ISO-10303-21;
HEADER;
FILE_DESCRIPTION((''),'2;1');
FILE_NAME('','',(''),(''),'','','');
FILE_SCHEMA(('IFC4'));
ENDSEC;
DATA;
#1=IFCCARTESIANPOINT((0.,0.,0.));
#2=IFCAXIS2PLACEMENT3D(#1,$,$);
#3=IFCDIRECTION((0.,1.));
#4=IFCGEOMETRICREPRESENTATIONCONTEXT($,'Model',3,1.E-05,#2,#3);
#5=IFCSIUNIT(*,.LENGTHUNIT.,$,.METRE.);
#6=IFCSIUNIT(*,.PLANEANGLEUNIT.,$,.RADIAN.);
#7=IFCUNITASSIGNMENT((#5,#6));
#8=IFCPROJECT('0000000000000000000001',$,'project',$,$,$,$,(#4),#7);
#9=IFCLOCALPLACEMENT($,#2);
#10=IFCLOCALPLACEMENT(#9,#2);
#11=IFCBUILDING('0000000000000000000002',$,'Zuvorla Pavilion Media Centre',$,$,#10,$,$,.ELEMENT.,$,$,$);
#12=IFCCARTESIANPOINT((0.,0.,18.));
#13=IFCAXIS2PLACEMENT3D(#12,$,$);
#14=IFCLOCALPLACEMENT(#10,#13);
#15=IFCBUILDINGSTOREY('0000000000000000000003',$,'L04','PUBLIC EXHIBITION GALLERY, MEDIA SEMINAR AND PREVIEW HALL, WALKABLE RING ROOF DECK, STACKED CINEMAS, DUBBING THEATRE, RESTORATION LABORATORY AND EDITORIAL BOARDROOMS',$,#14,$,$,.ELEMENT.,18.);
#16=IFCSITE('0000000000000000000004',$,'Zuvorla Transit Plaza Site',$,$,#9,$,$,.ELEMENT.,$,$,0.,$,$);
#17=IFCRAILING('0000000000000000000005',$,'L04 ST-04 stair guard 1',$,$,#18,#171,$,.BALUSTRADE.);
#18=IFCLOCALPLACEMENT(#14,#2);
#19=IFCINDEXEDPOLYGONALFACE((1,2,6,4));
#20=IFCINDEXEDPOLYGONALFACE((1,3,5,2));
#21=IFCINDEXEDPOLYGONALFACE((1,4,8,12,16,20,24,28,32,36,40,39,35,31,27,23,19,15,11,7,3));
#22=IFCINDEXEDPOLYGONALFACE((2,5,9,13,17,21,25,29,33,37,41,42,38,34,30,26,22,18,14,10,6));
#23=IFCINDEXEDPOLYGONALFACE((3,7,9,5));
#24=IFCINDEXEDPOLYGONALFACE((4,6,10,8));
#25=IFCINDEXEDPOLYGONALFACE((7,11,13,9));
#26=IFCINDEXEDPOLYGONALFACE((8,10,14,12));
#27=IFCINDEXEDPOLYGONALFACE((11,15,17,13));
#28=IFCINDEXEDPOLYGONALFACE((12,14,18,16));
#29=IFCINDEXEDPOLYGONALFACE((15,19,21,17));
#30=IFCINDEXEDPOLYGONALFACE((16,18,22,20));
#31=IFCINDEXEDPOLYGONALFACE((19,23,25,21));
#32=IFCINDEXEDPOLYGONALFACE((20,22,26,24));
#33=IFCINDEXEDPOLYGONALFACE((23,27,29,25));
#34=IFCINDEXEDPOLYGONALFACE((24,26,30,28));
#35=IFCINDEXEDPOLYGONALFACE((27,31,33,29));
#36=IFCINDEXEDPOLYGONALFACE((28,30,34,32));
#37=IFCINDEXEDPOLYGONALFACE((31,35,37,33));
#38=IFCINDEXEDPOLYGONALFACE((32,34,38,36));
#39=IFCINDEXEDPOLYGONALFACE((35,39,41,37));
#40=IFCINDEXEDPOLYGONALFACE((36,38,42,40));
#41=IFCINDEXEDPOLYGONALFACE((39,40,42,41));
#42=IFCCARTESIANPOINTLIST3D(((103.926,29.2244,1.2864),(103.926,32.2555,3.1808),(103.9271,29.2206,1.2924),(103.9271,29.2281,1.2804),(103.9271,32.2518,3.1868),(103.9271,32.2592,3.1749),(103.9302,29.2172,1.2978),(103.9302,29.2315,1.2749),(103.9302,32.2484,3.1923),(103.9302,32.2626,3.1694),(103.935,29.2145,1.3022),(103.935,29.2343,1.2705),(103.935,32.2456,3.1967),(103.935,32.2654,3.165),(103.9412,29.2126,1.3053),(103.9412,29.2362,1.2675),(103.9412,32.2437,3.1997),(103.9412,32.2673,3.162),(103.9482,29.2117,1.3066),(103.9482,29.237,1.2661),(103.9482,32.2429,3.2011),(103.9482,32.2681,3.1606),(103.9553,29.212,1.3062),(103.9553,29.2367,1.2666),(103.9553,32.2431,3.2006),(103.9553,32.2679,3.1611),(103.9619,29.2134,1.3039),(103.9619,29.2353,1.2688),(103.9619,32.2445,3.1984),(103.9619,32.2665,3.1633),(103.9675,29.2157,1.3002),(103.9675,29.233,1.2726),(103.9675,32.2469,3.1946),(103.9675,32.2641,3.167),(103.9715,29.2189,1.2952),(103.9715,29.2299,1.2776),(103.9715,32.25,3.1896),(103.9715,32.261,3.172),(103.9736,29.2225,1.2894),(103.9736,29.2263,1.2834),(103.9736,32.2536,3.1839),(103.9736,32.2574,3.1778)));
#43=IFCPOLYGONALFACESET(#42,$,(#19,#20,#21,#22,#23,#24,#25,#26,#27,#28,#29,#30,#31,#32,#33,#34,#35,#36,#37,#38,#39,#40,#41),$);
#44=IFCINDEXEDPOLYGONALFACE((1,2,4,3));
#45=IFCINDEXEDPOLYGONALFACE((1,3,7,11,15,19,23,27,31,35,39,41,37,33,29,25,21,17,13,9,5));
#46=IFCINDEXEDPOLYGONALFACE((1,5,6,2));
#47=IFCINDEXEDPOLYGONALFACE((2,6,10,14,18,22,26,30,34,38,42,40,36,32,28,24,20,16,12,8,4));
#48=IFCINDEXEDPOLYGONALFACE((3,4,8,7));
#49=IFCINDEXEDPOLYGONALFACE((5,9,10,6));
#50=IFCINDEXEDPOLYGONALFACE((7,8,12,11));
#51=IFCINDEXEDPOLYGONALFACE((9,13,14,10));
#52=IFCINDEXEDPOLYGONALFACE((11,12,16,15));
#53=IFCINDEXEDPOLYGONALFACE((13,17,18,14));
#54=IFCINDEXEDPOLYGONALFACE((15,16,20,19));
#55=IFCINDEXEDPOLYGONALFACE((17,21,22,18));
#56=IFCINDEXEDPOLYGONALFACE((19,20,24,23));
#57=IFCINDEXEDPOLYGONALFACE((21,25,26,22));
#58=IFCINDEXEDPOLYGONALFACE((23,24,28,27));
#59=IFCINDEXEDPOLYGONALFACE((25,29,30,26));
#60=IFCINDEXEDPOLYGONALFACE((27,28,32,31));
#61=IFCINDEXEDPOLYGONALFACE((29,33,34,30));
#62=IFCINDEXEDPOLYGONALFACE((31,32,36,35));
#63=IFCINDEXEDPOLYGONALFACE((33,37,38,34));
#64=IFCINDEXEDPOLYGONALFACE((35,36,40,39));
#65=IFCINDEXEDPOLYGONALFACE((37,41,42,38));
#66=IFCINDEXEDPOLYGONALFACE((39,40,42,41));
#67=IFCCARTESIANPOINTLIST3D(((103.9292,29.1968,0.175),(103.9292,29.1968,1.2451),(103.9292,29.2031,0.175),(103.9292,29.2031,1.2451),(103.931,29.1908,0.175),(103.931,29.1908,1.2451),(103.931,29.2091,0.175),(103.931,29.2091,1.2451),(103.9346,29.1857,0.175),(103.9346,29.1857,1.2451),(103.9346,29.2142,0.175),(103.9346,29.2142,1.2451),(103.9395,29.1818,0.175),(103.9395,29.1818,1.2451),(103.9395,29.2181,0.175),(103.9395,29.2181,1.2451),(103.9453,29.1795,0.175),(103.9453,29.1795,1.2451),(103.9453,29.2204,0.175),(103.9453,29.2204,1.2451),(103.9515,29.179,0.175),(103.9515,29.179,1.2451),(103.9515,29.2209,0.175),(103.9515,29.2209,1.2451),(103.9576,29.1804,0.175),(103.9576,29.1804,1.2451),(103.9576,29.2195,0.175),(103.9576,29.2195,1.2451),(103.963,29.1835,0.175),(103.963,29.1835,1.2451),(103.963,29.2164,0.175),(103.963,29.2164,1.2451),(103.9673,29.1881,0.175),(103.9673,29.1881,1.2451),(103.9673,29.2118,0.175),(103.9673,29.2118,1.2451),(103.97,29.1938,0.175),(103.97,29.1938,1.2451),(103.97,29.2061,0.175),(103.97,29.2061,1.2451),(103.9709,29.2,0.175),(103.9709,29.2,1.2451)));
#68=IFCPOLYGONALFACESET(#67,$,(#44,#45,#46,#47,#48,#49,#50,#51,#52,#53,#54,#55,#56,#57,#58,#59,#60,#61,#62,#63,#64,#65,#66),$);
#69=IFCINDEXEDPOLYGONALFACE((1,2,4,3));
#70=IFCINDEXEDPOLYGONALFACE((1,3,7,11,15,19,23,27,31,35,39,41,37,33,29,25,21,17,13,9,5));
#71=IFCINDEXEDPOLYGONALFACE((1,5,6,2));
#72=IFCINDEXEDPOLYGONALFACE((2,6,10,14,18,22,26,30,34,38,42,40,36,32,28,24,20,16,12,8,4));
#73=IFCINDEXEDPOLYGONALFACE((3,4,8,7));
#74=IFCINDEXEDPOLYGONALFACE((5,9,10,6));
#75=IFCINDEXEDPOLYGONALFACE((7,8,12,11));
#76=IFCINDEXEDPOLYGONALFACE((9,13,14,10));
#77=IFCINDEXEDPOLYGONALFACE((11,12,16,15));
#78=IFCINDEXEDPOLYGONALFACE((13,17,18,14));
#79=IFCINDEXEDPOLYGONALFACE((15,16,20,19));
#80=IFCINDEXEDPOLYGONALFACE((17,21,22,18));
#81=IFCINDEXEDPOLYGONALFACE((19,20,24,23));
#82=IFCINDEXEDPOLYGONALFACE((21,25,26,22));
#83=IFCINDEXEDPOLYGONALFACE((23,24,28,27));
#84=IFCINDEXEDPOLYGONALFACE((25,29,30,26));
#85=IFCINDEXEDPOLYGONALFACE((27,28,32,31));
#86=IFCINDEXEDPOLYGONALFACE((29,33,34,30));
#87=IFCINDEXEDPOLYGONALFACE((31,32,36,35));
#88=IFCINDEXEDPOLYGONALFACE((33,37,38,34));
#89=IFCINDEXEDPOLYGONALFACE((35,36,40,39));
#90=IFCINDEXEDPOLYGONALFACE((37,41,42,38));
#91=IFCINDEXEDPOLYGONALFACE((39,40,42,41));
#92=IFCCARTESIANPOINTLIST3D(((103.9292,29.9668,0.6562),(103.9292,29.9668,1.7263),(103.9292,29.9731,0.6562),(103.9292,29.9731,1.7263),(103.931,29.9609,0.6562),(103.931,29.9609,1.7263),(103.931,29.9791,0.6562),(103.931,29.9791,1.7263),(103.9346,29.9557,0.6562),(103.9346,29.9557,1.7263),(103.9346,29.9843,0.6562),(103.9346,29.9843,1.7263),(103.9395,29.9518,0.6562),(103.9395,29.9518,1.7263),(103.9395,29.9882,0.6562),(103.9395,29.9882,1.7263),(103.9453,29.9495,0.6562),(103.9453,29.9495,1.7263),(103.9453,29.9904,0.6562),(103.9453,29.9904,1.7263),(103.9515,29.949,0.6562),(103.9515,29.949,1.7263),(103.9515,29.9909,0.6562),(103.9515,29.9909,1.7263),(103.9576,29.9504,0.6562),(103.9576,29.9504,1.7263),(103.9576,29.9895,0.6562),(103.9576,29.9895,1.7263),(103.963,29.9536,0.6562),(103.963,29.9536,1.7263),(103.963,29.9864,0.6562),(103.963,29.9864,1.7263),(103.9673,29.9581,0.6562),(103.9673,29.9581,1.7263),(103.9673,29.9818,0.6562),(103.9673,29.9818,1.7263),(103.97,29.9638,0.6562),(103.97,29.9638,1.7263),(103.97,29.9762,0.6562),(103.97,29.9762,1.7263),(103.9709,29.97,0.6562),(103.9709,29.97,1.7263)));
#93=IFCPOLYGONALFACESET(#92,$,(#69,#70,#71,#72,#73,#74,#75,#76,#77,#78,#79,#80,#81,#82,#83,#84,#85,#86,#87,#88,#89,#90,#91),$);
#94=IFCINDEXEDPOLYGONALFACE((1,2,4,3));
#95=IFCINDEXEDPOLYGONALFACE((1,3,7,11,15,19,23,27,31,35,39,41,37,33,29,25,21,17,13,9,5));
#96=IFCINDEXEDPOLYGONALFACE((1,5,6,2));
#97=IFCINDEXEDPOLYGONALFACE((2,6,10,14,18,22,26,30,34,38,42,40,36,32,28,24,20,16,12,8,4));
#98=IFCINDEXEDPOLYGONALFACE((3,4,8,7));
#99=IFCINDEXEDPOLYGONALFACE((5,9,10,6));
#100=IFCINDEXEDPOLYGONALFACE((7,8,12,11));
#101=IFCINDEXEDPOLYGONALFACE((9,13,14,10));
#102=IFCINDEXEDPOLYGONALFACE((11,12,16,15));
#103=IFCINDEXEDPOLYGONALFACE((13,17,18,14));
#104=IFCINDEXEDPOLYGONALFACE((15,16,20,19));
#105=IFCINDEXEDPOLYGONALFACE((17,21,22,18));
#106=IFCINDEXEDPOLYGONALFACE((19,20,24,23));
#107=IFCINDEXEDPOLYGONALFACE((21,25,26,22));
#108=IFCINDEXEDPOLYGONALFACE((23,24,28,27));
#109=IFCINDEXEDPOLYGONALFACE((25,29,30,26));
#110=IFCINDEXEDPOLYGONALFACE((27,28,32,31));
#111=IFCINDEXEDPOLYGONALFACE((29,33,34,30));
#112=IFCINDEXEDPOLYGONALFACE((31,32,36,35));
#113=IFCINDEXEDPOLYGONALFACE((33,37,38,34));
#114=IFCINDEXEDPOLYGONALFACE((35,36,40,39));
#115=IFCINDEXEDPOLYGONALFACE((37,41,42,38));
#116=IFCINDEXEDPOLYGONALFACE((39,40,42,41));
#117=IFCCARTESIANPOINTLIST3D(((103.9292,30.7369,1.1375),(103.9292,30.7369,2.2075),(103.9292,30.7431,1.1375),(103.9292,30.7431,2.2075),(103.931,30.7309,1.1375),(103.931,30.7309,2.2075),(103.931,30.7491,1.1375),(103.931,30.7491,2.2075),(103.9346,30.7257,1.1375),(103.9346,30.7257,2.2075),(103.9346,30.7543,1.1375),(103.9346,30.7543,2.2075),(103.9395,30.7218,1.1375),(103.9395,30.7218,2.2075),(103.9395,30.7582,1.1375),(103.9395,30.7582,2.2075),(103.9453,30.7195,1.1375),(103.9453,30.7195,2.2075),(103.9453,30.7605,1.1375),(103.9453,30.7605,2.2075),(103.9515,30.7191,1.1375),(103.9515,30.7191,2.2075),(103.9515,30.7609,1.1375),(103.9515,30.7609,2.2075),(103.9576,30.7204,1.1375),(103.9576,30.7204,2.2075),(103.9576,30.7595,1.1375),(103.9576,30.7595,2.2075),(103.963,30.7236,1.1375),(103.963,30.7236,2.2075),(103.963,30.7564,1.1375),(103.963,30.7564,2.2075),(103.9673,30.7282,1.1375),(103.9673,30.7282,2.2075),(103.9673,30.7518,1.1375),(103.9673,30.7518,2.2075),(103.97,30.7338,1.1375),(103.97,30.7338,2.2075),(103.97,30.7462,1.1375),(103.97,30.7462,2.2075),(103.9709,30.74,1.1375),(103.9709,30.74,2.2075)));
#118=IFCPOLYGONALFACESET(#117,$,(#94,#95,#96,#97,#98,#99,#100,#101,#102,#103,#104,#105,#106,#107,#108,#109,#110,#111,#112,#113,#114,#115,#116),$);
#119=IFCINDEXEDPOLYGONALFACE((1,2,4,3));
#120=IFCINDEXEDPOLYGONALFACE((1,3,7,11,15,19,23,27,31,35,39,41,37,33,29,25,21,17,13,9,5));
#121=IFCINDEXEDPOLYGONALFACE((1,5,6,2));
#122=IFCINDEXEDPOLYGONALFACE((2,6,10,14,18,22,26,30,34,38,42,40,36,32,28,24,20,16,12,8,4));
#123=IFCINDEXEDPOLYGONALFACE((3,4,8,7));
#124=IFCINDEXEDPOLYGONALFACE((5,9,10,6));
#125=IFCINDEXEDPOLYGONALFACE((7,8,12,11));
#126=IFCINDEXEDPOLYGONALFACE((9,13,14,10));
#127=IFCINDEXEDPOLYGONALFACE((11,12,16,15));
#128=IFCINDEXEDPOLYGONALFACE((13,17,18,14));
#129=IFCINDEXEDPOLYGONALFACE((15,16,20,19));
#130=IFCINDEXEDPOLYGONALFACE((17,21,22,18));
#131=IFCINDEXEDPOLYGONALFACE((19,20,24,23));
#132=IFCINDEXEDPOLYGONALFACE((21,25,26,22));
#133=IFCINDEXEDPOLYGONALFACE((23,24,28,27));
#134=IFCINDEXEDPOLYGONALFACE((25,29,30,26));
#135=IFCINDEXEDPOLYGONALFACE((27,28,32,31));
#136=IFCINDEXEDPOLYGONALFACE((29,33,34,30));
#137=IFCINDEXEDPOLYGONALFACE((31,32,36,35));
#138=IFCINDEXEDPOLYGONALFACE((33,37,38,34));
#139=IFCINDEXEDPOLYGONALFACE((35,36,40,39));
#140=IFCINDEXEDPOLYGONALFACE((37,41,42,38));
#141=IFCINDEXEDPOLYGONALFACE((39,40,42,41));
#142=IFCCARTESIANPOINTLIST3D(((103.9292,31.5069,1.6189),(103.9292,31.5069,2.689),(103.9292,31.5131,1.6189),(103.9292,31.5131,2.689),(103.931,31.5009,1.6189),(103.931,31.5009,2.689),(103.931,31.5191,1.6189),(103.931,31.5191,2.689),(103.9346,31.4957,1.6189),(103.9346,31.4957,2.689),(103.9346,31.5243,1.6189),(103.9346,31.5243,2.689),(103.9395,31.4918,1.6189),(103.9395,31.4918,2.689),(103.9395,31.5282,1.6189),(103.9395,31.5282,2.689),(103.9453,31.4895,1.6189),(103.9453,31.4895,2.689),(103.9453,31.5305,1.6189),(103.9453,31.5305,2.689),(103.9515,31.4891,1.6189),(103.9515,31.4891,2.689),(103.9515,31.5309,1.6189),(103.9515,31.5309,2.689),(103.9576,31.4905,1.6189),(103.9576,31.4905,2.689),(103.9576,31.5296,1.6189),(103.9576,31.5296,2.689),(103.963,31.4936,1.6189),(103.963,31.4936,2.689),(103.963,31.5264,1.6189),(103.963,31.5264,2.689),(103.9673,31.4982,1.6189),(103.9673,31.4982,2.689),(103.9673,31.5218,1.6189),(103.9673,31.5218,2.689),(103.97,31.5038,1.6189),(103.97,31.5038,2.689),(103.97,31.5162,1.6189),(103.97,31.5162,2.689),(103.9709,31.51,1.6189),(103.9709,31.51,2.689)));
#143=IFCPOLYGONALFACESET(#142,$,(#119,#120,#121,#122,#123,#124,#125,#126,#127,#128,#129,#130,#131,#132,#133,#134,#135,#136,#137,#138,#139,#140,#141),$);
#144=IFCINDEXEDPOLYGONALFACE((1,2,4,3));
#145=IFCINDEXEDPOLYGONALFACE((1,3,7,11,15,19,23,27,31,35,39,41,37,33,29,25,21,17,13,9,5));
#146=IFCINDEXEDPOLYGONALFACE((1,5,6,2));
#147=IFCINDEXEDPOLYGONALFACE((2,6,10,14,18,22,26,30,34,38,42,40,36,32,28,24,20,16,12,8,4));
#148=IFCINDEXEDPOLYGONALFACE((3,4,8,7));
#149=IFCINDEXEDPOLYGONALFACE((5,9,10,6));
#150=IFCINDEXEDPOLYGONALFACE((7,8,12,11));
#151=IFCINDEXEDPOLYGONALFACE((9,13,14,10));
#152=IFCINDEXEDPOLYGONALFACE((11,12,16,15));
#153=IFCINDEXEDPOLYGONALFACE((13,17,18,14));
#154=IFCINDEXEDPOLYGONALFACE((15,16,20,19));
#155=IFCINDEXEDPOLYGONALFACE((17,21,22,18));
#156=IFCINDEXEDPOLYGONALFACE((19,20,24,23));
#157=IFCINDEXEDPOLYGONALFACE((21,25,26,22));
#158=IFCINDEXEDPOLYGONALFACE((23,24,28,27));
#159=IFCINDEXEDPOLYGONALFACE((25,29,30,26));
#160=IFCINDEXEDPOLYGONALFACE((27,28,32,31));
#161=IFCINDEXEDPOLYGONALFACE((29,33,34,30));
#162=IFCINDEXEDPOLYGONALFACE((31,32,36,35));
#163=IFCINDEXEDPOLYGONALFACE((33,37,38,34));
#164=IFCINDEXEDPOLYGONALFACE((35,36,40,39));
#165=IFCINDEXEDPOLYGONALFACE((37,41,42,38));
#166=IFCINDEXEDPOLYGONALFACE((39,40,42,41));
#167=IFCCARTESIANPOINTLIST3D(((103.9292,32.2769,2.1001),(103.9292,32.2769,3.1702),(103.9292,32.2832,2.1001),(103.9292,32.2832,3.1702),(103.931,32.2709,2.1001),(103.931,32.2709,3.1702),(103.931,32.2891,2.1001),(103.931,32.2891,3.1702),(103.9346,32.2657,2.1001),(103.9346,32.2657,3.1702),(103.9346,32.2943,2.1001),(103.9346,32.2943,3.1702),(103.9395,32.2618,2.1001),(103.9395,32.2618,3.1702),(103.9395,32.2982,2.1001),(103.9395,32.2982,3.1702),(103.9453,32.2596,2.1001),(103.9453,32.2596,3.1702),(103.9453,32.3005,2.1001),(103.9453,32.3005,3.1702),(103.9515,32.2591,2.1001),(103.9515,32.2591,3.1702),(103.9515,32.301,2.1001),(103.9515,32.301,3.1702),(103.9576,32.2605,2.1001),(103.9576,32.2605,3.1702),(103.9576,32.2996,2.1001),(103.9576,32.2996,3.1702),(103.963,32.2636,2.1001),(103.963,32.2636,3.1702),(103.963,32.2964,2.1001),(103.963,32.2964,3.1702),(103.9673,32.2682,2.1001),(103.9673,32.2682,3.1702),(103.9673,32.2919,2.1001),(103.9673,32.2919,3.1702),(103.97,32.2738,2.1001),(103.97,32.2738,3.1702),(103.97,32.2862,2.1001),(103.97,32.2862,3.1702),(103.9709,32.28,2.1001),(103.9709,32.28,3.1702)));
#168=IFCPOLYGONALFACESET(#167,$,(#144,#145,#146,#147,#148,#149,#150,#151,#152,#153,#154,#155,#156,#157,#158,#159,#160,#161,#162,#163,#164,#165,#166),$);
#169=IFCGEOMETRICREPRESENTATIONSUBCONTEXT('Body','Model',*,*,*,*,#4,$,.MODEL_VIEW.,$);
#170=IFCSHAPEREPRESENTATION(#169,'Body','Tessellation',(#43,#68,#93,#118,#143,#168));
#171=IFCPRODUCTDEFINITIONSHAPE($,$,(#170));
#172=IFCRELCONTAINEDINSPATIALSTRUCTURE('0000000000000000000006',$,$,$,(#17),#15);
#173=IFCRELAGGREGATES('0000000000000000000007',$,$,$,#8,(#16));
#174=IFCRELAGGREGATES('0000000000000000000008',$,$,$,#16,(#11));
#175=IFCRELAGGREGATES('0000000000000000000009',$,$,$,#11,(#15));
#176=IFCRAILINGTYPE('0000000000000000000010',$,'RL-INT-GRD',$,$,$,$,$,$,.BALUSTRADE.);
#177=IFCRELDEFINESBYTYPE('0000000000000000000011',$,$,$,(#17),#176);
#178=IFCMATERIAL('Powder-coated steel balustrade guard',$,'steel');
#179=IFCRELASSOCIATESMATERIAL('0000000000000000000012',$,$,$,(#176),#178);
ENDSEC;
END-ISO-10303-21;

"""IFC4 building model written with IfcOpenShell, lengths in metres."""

from ifc_helpers import new_model, si_unit, direction, frame, origin, origin_2d, place, context, subcontext, project, spatial, circle, extrude, material, type_object, element, save


model = new_model("IFC4")

# Units and contexts
model_context = context("Model", 3, precision=1e-05, world=origin(), true_north=direction((0.0, 1.0)))
body_context = subcontext(model_context, "Body", "Model", "MODEL_VIEW")
ifc_project = project(units=[si_unit("LENGTHUNIT", "METRE"), si_unit("PLANEANGLEUNIT", "RADIAN")], contexts=[model_context])

# Site, building, storey
site_placement = place(None, origin())
site = spatial("IfcSite", under=ifc_project, at=site_placement, Name="Zuvorla Transit Plaza Site", CompositionType="ELEMENT", RefElevation=0.0)
building_placement = place(site_placement, origin())
building = spatial("IfcBuilding", under=site, at=building_placement, Name="Zuvorla Pavilion Media Centre", CompositionType="ELEMENT")
storey_placement = place(building_placement, frame((0.0, 0.0, 18.0)))
storey = spatial("IfcBuildingStorey", under=building, at=storey_placement, Name="L04", Description="PUBLIC EXHIBITION GALLERY, MEDIA SEMINAR AND PREVIEW HALL, WALKABLE RING ROOF DECK, STACKED CINEMAS, DUBBING THEATRE, RESTORATION LABORATORY AND EDITORIAL BOARDROOMS", CompositionType="ELEMENT", Elevation=18.0)

# Railing
ifc_material_1 = material(Name="Powder-coated steel balustrade guard", Category="steel")
railing_type_1 = type_object("IfcRailingType", Name="RL-INT-GRD", PredefinedType="BALUSTRADE", material=ifc_material_1)
railing_1_placement = place(storey_placement, frame((103.95, 29.2, 0.175)))
element("IfcRailing", 1, at=railing_1_placement, inside=storey, type_object=railing_type_1, Name="L04 ST-04 stair guard 1", PredefinedType="BALUSTRADE", context=body_context, shape_type="SweptSolid", body=[
    extrude(circle(Radius=0.0239, at=origin_2d()), frame((0.0, 0.0244, 1.1113), z_axis=(0.0, 0.847998, 0.529999), x_axis=(-1.0, 0.0, 0.0)), (0.0, 0.0, 1.0), 3.5745),
    extrude(circle(Radius=0.021, at=origin_2d()), origin(), (0.0, 0.0, 1.0), 1.0701),
    extrude(circle(Radius=0.021, at=origin_2d()), frame((0.0, 0.77, 0.4812)), (0.0, 0.0, 1.0), 1.0701),
    extrude(circle(Radius=0.021, at=origin_2d()), frame((0.0, 1.54, 0.9624)), (0.0, 0.0, 1.0), 1.0701),
    extrude(circle(Radius=0.021, at=origin_2d()), frame((0.0, 2.3101, 1.4438)), (0.0, 0.0, 1.0), 1.0701),
    extrude(circle(Radius=0.021, at=origin_2d()), frame((0.0, 3.0801, 1.925)), (0.0, 0.0, 1.0), 1.0701),
])

save(model, "model.ifc")
